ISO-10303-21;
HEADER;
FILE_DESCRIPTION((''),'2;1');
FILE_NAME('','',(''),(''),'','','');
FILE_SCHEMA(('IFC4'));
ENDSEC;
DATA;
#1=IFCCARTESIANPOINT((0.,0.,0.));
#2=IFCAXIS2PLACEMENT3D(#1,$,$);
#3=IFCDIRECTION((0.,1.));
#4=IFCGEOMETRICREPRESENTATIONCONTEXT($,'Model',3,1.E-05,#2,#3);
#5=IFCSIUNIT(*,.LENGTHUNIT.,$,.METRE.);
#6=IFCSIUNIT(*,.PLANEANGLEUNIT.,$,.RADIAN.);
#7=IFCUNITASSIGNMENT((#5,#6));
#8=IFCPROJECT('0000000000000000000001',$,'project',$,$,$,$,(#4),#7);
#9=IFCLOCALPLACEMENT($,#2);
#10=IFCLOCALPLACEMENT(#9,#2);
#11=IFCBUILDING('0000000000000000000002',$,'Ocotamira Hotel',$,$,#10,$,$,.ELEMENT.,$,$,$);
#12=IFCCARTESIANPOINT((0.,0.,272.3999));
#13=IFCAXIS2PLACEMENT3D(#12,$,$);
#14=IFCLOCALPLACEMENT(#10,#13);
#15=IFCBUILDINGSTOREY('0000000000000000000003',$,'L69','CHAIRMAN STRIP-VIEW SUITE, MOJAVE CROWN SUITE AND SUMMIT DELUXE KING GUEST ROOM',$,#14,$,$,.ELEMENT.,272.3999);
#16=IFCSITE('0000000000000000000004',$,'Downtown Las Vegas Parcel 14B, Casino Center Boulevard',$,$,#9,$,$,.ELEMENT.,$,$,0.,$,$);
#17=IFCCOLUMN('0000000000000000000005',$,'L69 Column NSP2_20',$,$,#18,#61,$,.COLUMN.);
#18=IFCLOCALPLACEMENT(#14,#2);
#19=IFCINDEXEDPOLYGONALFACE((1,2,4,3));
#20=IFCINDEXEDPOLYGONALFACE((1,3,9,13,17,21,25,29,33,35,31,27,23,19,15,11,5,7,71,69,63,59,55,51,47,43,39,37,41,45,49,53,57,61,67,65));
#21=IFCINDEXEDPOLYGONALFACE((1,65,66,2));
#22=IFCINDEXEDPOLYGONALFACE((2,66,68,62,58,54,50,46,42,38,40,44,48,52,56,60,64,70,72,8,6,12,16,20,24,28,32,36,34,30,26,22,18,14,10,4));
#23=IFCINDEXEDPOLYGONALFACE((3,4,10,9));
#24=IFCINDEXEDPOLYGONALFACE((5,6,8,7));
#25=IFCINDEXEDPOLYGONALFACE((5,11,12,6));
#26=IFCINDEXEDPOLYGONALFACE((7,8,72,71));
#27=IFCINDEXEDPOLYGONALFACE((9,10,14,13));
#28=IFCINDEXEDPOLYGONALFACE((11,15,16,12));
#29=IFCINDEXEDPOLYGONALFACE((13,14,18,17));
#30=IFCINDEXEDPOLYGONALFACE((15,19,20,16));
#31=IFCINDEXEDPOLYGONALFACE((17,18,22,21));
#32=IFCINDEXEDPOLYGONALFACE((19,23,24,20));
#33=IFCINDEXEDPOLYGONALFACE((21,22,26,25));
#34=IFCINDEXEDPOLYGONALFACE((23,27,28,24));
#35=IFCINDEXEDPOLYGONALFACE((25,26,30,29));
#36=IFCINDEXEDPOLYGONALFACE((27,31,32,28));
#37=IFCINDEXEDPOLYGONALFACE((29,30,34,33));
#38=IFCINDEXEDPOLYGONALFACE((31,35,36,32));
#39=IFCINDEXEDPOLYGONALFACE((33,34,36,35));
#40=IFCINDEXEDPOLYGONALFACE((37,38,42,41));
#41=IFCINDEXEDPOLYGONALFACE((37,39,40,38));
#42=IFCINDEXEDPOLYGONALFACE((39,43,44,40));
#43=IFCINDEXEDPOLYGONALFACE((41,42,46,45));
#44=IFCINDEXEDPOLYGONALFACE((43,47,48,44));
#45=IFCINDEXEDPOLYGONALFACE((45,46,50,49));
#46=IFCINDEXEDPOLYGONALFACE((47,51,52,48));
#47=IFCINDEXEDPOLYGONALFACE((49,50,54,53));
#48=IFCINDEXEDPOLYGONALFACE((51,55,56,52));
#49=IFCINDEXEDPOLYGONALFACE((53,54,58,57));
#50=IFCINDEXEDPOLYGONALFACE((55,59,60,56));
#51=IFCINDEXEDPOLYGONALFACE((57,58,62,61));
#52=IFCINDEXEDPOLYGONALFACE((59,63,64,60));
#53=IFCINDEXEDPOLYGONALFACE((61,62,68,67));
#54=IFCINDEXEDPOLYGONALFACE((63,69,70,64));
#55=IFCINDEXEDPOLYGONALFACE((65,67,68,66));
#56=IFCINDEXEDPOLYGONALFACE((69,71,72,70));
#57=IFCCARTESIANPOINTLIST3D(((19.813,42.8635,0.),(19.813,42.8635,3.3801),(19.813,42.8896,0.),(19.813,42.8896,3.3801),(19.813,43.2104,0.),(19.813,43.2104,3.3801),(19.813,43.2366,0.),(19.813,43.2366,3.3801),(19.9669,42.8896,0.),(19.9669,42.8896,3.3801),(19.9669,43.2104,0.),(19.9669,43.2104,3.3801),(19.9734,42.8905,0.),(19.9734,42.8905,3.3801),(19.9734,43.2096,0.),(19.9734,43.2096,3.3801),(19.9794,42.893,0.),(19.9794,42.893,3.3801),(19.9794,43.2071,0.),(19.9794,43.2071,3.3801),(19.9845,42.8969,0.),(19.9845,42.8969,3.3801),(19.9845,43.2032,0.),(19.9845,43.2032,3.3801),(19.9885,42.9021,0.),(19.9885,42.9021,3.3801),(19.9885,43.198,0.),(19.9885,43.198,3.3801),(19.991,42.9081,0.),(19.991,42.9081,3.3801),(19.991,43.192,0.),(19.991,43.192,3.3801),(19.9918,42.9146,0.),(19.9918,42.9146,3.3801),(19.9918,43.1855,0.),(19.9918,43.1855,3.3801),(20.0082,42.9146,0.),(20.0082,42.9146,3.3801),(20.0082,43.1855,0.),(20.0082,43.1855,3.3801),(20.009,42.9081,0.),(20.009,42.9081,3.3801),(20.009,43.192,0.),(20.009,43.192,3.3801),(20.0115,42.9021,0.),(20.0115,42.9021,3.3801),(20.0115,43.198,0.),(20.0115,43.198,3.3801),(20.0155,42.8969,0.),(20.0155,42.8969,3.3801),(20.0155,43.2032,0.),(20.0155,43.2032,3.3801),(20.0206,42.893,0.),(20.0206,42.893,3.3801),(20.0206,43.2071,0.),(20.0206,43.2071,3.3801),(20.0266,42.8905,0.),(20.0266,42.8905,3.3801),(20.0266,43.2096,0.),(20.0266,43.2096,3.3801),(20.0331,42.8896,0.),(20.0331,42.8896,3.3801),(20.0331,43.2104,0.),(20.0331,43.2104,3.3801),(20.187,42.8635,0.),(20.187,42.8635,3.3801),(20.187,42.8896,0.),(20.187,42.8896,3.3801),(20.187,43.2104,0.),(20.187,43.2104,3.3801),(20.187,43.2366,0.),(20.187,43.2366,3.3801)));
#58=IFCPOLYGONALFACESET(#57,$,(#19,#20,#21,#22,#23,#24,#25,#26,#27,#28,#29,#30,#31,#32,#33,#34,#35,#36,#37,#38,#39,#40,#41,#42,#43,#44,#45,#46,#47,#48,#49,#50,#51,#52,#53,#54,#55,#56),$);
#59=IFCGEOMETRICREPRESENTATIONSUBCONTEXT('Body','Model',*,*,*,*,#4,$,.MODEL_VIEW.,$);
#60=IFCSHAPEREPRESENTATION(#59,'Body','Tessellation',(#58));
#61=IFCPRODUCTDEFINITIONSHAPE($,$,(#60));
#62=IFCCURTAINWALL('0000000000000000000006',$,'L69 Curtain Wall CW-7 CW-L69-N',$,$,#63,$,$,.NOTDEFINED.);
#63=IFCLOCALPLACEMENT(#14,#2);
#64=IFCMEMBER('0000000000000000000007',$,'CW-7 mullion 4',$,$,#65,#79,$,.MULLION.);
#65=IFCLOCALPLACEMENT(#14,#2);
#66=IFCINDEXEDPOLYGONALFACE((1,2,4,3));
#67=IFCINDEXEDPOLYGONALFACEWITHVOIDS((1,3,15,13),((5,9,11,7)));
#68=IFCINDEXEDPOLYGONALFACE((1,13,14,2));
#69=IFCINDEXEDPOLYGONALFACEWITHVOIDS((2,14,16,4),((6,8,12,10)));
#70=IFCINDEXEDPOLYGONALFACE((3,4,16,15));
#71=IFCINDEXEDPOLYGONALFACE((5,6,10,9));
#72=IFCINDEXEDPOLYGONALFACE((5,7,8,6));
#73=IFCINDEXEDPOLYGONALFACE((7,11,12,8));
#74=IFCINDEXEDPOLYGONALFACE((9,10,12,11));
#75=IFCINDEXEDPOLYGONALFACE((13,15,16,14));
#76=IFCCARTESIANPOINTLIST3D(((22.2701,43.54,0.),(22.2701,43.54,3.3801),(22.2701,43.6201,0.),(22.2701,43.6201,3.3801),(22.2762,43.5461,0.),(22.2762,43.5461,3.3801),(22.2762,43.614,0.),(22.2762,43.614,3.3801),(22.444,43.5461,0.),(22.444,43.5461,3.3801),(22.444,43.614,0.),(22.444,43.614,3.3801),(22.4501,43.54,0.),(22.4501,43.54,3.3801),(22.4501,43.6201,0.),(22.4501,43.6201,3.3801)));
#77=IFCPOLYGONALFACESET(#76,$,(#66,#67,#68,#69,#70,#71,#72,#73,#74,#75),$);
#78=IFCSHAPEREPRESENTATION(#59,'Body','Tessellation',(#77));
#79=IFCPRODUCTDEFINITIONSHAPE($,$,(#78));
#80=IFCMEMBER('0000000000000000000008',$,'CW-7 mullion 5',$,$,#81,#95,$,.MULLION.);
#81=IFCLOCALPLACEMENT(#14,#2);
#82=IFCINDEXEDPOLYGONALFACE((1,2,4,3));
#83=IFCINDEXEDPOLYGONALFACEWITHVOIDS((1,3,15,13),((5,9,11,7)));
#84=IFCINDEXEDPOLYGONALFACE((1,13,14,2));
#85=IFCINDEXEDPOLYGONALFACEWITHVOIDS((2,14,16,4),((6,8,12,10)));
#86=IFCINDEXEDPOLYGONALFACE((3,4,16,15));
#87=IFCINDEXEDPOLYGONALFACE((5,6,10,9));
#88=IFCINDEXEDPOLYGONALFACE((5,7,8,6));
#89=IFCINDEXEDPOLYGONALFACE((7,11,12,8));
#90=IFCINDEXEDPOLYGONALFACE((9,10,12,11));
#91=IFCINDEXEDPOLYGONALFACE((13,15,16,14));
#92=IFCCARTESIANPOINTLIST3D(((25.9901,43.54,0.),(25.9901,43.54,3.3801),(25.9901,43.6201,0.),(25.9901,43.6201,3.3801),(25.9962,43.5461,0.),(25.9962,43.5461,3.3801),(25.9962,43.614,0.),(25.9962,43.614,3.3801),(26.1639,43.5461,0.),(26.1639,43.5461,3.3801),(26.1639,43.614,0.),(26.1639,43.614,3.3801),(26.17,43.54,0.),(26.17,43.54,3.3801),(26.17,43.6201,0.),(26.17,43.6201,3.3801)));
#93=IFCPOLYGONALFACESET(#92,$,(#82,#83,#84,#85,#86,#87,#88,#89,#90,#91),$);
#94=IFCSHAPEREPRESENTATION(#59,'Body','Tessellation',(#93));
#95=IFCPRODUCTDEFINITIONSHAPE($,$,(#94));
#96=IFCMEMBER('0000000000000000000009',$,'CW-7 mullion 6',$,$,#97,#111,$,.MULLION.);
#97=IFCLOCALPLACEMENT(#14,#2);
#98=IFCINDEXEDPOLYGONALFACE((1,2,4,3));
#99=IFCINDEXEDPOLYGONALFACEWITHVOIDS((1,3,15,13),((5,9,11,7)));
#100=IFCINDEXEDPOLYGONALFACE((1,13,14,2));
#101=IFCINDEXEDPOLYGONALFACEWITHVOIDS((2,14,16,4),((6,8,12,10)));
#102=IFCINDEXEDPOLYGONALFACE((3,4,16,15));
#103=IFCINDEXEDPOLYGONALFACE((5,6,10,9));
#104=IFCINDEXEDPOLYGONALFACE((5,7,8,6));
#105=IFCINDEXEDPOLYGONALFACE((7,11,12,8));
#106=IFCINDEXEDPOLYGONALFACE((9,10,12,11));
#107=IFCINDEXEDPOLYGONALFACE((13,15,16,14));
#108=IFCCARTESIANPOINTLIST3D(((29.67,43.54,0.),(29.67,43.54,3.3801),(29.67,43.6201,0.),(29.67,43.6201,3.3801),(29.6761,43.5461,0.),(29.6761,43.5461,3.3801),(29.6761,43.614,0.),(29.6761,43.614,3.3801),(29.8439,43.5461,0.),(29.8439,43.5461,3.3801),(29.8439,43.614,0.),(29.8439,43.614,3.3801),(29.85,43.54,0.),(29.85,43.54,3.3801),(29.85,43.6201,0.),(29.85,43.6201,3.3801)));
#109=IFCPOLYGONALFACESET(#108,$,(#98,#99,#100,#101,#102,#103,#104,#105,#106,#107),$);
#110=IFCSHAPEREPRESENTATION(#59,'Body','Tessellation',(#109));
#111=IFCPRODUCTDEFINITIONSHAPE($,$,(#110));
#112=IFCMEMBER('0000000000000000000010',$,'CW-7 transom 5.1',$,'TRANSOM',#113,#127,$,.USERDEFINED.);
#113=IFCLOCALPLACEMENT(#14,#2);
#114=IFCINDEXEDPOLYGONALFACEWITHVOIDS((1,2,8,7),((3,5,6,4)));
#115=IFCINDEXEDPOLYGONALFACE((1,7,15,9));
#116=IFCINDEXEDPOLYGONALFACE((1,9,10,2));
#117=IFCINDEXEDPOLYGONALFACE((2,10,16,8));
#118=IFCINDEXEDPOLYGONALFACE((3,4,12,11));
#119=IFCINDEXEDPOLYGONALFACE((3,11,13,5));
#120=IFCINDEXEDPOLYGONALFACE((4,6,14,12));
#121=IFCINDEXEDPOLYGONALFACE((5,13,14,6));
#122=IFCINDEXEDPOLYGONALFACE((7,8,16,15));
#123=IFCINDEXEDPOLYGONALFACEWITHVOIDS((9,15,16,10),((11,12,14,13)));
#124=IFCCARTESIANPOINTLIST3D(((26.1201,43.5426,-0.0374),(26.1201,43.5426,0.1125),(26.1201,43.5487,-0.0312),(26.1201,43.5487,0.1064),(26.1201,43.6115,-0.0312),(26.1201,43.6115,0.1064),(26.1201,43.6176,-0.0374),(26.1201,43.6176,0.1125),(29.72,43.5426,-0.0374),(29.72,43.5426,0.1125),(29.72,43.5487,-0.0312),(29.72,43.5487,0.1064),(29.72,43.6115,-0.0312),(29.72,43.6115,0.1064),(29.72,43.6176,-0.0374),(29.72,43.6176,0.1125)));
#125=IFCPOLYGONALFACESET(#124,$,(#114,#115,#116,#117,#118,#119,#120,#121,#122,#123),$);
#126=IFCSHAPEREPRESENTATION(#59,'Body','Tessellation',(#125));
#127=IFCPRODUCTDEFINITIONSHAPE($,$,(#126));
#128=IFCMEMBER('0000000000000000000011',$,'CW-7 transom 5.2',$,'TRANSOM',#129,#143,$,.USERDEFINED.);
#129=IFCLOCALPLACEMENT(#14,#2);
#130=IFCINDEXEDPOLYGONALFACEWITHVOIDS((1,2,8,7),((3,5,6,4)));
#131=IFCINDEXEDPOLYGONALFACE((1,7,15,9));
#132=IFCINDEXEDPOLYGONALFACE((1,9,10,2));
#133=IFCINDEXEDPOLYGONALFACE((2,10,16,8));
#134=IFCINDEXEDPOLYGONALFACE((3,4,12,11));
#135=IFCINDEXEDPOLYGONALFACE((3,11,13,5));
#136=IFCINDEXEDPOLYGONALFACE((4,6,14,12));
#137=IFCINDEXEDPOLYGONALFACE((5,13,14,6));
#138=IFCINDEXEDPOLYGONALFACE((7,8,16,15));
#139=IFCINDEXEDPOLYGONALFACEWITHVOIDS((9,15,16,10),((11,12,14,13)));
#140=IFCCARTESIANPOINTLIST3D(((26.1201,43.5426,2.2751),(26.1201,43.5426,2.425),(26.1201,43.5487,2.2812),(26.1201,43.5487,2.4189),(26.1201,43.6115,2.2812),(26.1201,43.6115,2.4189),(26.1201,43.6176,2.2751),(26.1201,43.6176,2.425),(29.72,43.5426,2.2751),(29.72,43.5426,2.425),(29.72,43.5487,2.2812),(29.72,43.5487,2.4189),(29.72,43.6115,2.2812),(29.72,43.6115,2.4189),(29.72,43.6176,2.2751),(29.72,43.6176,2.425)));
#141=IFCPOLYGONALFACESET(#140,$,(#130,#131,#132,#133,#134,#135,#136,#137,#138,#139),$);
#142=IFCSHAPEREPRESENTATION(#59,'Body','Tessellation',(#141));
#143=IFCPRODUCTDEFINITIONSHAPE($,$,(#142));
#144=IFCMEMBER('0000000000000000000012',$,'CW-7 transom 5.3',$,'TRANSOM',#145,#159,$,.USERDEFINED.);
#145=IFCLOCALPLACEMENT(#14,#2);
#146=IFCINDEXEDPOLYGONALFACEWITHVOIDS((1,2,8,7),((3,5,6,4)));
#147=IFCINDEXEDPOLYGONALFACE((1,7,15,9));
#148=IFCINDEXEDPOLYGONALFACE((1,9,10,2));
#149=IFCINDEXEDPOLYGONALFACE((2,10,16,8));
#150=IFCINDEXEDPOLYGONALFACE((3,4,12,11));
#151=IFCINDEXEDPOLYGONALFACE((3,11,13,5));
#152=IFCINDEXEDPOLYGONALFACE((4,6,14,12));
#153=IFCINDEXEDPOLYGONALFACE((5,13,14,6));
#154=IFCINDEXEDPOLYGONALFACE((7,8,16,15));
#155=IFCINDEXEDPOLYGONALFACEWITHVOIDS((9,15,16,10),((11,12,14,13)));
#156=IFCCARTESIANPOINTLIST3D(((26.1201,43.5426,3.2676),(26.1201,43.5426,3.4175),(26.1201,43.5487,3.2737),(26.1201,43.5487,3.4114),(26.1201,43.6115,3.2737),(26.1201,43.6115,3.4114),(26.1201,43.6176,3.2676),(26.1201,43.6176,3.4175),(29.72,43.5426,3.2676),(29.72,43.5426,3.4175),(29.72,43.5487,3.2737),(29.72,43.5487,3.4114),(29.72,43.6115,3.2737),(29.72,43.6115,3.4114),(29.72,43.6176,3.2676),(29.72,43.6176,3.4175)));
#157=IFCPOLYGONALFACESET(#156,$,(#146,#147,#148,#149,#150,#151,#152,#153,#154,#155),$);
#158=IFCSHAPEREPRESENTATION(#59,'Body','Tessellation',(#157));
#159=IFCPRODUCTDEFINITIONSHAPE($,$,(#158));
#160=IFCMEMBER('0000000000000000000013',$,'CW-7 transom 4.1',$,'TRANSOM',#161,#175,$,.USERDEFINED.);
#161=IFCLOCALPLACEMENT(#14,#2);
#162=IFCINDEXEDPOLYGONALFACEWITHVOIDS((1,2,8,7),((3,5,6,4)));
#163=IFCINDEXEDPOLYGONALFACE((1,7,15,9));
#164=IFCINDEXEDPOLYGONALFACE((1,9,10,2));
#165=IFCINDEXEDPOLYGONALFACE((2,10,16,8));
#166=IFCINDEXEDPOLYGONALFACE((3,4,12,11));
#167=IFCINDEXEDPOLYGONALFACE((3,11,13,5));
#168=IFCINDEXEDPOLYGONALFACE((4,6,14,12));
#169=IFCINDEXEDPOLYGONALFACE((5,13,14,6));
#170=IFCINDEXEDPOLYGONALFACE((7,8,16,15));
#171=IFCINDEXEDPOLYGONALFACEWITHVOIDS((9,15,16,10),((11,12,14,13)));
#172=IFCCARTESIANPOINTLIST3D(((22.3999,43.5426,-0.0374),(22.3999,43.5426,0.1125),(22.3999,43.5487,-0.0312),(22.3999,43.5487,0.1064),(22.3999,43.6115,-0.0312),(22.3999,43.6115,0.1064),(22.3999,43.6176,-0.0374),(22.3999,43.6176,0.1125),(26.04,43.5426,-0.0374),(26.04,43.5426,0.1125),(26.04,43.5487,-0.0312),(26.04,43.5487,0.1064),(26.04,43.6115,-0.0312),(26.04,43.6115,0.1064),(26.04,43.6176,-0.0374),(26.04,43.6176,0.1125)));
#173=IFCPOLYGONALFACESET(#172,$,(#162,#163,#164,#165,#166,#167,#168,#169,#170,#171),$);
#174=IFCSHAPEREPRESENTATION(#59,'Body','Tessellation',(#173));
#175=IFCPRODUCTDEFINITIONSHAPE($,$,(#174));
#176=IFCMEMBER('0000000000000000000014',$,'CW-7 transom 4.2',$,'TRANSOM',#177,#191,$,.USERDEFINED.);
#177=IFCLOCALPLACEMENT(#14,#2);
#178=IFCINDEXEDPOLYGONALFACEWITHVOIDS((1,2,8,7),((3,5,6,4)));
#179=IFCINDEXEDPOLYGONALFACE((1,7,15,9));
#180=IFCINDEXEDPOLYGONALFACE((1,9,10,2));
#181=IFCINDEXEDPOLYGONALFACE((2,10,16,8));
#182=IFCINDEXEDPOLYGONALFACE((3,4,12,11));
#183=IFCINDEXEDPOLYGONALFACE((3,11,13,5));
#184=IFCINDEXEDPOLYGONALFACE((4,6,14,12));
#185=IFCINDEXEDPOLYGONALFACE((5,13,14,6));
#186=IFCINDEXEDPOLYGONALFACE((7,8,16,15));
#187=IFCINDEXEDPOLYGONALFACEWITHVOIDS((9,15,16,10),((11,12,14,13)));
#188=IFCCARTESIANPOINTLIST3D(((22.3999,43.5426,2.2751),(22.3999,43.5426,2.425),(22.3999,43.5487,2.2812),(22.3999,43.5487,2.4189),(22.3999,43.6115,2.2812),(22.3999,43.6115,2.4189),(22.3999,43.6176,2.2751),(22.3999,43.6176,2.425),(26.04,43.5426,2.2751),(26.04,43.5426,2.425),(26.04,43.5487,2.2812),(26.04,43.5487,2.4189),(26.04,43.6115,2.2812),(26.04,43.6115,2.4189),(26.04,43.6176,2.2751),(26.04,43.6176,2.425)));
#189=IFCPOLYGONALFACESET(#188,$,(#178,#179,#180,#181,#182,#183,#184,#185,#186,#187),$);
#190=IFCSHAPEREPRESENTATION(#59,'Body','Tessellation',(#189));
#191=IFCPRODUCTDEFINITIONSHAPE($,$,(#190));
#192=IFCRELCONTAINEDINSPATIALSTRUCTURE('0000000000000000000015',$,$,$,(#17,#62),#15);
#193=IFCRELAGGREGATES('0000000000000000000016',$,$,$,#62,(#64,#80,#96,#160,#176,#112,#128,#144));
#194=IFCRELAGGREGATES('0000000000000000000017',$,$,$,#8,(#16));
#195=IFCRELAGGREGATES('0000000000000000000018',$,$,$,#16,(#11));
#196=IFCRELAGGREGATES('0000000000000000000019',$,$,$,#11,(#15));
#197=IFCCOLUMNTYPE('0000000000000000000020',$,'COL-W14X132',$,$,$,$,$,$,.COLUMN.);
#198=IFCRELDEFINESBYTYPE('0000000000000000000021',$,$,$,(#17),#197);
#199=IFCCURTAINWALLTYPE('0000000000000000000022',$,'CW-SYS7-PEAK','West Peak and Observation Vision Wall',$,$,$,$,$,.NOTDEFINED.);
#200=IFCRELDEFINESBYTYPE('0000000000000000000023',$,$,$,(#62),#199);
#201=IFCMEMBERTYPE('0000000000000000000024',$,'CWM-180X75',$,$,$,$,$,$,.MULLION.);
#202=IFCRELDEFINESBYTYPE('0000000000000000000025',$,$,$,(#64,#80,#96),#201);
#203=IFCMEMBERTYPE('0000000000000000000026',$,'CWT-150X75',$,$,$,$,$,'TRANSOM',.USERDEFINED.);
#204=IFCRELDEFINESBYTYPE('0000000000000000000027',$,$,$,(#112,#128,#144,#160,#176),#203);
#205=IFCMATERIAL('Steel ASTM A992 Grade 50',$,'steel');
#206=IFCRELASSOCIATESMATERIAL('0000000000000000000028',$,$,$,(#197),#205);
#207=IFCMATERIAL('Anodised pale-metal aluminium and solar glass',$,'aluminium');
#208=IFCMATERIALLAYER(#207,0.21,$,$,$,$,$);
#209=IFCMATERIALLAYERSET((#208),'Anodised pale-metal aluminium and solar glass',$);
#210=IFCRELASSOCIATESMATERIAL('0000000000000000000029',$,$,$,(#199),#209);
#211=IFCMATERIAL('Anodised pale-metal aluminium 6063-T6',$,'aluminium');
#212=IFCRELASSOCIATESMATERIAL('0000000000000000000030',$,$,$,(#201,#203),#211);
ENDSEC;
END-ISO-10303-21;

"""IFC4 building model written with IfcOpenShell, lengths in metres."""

from ifc_helpers import new_model, si_unit, direction, frame, origin, origin_2d, place, context, subcontext, project, spatial, hollow_rectangle, i_section, extrude, source, transform, mapped, material, layer, layer_set, material_profile, profile_set, type_object, element, aggregate, save


model = new_model("IFC4")

# Units and contexts
model_context = context("Model", 3, precision=1e-05, world=origin(), true_north=direction((0.0, 1.0)))
body_context = subcontext(model_context, "Body", "Model", "MODEL_VIEW")
ifc_project = project(units=[si_unit("LENGTHUNIT", "METRE"), si_unit("PLANEANGLEUNIT", "RADIAN")], contexts=[model_context])

# Site, building, storey
site_placement = place(None, origin())
site = spatial("IfcSite", under=ifc_project, at=site_placement, Name="Downtown Las Vegas Parcel 14B, Casino Center Boulevard", CompositionType="ELEMENT", RefElevation=0.0)
building_placement = place(site_placement, origin())
building = spatial("IfcBuilding", under=site, at=building_placement, Name="Ocotamira Hotel", CompositionType="ELEMENT")
storey_placement = place(building_placement, frame((0.0, 0.0, 272.3999)))
storey = spatial("IfcBuildingStorey", under=building, at=storey_placement, Name="L69", Description="CHAIRMAN STRIP-VIEW SUITE, MOJAVE CROWN SUITE AND SUMMIT DELUXE KING GUEST ROOM", CompositionType="ELEMENT", Elevation=272.3999)

# Column
ifc_material_1 = material(Name="Steel ASTM A992 Grade 50", Category="steel")
ifc_material_profile_1 = material_profile(ifc_material_1, i_section(OverallWidth=0.374, OverallDepth=0.373, WebThickness=0.0164, FlangeThickness=0.0261, FilletRadius=0.0249, at=origin_2d()), Name="W14X132")
ifc_profile_set_1 = profile_set([ifc_material_profile_1], Name="Steel ASTM A992 Grade 50")
column_type = type_object("IfcColumnType", Name="COL-W14X132", PredefinedType="COLUMN", material=ifc_profile_set_1)
shared_shape_1 = source(origin(), body_context, "Body", "SweptSolid", [
    extrude(i_section(OverallWidth=0.374, OverallDepth=0.373, WebThickness=0.0164, FlangeThickness=0.0261, FilletRadius=0.0249, at=origin_2d()), origin(), (0.0, 0.0, 1.0), 3.3801),
])
column_placement = place(storey_placement, frame((20.0, 43.05, 0.0), z_axis=(0.0, 0.0, 1.0), x_axis=(1.0, 0.0, 0.0)))
element("IfcColumn", 1, at=column_placement, inside=storey, type_object=column_type, Name="L69 Column NSP2_20", PredefinedType="COLUMN", context=body_context, shape_type="MappedRepresentation", body=[
    mapped(shared_shape_1, transform((0.0, 0.0, 0.0), scale=1.0)),
])

# Curtain wall, members
ifc_material_2 = material(Name="Anodised pale-metal aluminium and solar glass", Category="aluminium")
ifc_layer_1 = layer(ifc_material_2, 0.21)
ifc_layer_set_1 = layer_set([ifc_layer_1], Name="Anodised pale-metal aluminium and solar glass")
curtain_wall_type = type_object("IfcCurtainWallType", Name="CW-SYS7-PEAK", Description="West Peak and Observation Vision Wall", PredefinedType="NOTDEFINED", material=ifc_layer_set_1)
curtain_wall_placement = place(storey_placement, origin())
curtain_wall = element("IfcCurtainWall", 2, at=curtain_wall_placement, inside=storey, type_object=curtain_wall_type, Name="L69 Curtain Wall CW-7 CW-L69-N", PredefinedType="NOTDEFINED")
ifc_material_3 = material(Name="Anodised pale-metal aluminium 6063-T6", Category="aluminium")
ifc_material_profile_2 = material_profile(ifc_material_3, hollow_rectangle(XDim=0.0801, YDim=0.1799, WallThickness=0.0061, at=origin_2d()), Name="HSS180X80X6")
ifc_profile_set_2 = profile_set([ifc_material_profile_2], Name="Anodised pale-metal aluminium 6063-T6")
member_type_1 = type_object("IfcMemberType", Name="CWM-180X75", PredefinedType="MULLION", material=ifc_profile_set_2)
shared_shape_2 = source(origin(), body_context, "Body", "SweptSolid", [
    extrude(hollow_rectangle(XDim=0.0801, YDim=0.1799, WallThickness=0.0061, at=origin_2d()), origin(), (0.0, 0.0, 1.0), 3.3801),
])
member_1_placement = place(storey_placement, frame((22.3601, 43.5801, 0.0), z_axis=(0.0, 0.0, 1.0), x_axis=(0.0, 1.0, 0.0)))
member_1 = element("IfcMember", 3, at=member_1_placement, type_object=member_type_1, Name="CW-7 mullion 4", PredefinedType="MULLION", context=body_context, shape_type="MappedRepresentation", body=[
    mapped(shared_shape_2, transform((0.0, 0.0, 0.0), scale=1.0)),
])
member_2_placement = place(storey_placement, frame((26.0801, 43.5801, 0.0), z_axis=(0.0, 0.0, 1.0), x_axis=(0.0, 1.0, 0.0)))
member_2 = element("IfcMember", 4, at=member_2_placement, type_object=member_type_1, Name="CW-7 mullion 5", PredefinedType="MULLION", context=body_context, shape_type="MappedRepresentation", body=[
    mapped(shared_shape_2, transform((0.0, 0.0, 0.0), scale=1.0)),
])
member_3_placement = place(storey_placement, frame((29.76, 43.5801, 0.0), z_axis=(0.0, 0.0, 1.0), x_axis=(0.0, 1.0, 0.0)))
member_3 = element("IfcMember", 5, at=member_3_placement, type_object=member_type_1, Name="CW-7 mullion 6", PredefinedType="MULLION", context=body_context, shape_type="MappedRepresentation", body=[
    mapped(shared_shape_2, transform((0.0, 0.0, 0.0), scale=1.0)),
])
ifc_material_profile_3 = material_profile(ifc_material_3, hollow_rectangle(XDim=0.075, YDim=0.1499, WallThickness=0.0061, at=origin_2d()), Name="HSS150X75X6")
ifc_profile_set_3 = profile_set([ifc_material_profile_3], Name="Anodised pale-metal aluminium 6063-T6")
member_type_2 = type_object("IfcMemberType", Name="CWT-150X75", ElementType="TRANSOM", PredefinedType="USERDEFINED", material=ifc_profile_set_3)
shared_shape_3 = source(origin(), body_context, "Body", "SweptSolid", [
    extrude(hollow_rectangle(XDim=0.075, YDim=0.1499, WallThickness=0.0061, at=origin_2d()), origin(), (0.0, 0.0, 1.0), 3.5999),
])
member_4_placement = place(storey_placement, frame((26.1201, 43.5801, 0.0376), z_axis=(1.0, 0.0, 0.0), x_axis=(0.0, 1.0, 0.0)))
member_4 = element("IfcMember", 6, at=member_4_placement, type_object=member_type_2, Name="CW-7 transom 5.1", ObjectType="TRANSOM", PredefinedType="USERDEFINED", context=body_context, shape_type="MappedRepresentation", body=[
    mapped(shared_shape_3, transform((0.0, 0.0, 0.0), scale=1.0)),
])
member_5_placement = place(storey_placement, frame((26.1201, 43.5801, 2.3501), z_axis=(1.0, 0.0, 0.0), x_axis=(0.0, 1.0, 0.0)))
member_5 = element("IfcMember", 7, at=member_5_placement, type_object=member_type_2, Name="CW-7 transom 5.2", ObjectType="TRANSOM", PredefinedType="USERDEFINED", context=body_context, shape_type="MappedRepresentation", body=[
    mapped(shared_shape_3, transform((0.0, 0.0, 0.0), scale=1.0)),
])
member_6_placement = place(storey_placement, frame((26.1201, 43.5801, 3.3425), z_axis=(1.0, 0.0, 0.0), x_axis=(0.0, 1.0, 0.0)))
member_6 = element("IfcMember", 8, at=member_6_placement, type_object=member_type_2, Name="CW-7 transom 5.3", ObjectType="TRANSOM", PredefinedType="USERDEFINED", context=body_context, shape_type="MappedRepresentation", body=[
    mapped(shared_shape_3, transform((0.0, 0.0, 0.0), scale=1.0)),
])
shared_shape_4 = source(origin(), body_context, "Body", "SweptSolid", [
    extrude(hollow_rectangle(XDim=0.075, YDim=0.1499, WallThickness=0.0061, at=origin_2d()), origin(), (0.0, 0.0, 1.0), 3.6401),
])
member_7_placement = place(storey_placement, frame((22.3999, 43.5801, 0.0376), z_axis=(1.0, 0.0, 0.0), x_axis=(0.0, 1.0, 0.0)))
member_7 = element("IfcMember", 9, at=member_7_placement, type_object=member_type_2, Name="CW-7 transom 4.1", ObjectType="TRANSOM", PredefinedType="USERDEFINED", context=body_context, shape_type="MappedRepresentation", body=[
    mapped(shared_shape_4, transform((0.0, 0.0, 0.0), scale=1.0)),
])
member_8_placement = place(storey_placement, frame((22.3999, 43.5801, 2.3501), z_axis=(1.0, 0.0, 0.0), x_axis=(0.0, 1.0, 0.0)))
member_8 = element("IfcMember", 10, at=member_8_placement, type_object=member_type_2, Name="CW-7 transom 4.2", ObjectType="TRANSOM", PredefinedType="USERDEFINED", context=body_context, shape_type="MappedRepresentation", body=[
    mapped(shared_shape_4, transform((0.0, 0.0, 0.0), scale=1.0)),
])
aggregate(curtain_wall, [member_1, member_2, member_3, member_7, member_8, member_4, member_5, member_6])

save(model, "model.ifc")
